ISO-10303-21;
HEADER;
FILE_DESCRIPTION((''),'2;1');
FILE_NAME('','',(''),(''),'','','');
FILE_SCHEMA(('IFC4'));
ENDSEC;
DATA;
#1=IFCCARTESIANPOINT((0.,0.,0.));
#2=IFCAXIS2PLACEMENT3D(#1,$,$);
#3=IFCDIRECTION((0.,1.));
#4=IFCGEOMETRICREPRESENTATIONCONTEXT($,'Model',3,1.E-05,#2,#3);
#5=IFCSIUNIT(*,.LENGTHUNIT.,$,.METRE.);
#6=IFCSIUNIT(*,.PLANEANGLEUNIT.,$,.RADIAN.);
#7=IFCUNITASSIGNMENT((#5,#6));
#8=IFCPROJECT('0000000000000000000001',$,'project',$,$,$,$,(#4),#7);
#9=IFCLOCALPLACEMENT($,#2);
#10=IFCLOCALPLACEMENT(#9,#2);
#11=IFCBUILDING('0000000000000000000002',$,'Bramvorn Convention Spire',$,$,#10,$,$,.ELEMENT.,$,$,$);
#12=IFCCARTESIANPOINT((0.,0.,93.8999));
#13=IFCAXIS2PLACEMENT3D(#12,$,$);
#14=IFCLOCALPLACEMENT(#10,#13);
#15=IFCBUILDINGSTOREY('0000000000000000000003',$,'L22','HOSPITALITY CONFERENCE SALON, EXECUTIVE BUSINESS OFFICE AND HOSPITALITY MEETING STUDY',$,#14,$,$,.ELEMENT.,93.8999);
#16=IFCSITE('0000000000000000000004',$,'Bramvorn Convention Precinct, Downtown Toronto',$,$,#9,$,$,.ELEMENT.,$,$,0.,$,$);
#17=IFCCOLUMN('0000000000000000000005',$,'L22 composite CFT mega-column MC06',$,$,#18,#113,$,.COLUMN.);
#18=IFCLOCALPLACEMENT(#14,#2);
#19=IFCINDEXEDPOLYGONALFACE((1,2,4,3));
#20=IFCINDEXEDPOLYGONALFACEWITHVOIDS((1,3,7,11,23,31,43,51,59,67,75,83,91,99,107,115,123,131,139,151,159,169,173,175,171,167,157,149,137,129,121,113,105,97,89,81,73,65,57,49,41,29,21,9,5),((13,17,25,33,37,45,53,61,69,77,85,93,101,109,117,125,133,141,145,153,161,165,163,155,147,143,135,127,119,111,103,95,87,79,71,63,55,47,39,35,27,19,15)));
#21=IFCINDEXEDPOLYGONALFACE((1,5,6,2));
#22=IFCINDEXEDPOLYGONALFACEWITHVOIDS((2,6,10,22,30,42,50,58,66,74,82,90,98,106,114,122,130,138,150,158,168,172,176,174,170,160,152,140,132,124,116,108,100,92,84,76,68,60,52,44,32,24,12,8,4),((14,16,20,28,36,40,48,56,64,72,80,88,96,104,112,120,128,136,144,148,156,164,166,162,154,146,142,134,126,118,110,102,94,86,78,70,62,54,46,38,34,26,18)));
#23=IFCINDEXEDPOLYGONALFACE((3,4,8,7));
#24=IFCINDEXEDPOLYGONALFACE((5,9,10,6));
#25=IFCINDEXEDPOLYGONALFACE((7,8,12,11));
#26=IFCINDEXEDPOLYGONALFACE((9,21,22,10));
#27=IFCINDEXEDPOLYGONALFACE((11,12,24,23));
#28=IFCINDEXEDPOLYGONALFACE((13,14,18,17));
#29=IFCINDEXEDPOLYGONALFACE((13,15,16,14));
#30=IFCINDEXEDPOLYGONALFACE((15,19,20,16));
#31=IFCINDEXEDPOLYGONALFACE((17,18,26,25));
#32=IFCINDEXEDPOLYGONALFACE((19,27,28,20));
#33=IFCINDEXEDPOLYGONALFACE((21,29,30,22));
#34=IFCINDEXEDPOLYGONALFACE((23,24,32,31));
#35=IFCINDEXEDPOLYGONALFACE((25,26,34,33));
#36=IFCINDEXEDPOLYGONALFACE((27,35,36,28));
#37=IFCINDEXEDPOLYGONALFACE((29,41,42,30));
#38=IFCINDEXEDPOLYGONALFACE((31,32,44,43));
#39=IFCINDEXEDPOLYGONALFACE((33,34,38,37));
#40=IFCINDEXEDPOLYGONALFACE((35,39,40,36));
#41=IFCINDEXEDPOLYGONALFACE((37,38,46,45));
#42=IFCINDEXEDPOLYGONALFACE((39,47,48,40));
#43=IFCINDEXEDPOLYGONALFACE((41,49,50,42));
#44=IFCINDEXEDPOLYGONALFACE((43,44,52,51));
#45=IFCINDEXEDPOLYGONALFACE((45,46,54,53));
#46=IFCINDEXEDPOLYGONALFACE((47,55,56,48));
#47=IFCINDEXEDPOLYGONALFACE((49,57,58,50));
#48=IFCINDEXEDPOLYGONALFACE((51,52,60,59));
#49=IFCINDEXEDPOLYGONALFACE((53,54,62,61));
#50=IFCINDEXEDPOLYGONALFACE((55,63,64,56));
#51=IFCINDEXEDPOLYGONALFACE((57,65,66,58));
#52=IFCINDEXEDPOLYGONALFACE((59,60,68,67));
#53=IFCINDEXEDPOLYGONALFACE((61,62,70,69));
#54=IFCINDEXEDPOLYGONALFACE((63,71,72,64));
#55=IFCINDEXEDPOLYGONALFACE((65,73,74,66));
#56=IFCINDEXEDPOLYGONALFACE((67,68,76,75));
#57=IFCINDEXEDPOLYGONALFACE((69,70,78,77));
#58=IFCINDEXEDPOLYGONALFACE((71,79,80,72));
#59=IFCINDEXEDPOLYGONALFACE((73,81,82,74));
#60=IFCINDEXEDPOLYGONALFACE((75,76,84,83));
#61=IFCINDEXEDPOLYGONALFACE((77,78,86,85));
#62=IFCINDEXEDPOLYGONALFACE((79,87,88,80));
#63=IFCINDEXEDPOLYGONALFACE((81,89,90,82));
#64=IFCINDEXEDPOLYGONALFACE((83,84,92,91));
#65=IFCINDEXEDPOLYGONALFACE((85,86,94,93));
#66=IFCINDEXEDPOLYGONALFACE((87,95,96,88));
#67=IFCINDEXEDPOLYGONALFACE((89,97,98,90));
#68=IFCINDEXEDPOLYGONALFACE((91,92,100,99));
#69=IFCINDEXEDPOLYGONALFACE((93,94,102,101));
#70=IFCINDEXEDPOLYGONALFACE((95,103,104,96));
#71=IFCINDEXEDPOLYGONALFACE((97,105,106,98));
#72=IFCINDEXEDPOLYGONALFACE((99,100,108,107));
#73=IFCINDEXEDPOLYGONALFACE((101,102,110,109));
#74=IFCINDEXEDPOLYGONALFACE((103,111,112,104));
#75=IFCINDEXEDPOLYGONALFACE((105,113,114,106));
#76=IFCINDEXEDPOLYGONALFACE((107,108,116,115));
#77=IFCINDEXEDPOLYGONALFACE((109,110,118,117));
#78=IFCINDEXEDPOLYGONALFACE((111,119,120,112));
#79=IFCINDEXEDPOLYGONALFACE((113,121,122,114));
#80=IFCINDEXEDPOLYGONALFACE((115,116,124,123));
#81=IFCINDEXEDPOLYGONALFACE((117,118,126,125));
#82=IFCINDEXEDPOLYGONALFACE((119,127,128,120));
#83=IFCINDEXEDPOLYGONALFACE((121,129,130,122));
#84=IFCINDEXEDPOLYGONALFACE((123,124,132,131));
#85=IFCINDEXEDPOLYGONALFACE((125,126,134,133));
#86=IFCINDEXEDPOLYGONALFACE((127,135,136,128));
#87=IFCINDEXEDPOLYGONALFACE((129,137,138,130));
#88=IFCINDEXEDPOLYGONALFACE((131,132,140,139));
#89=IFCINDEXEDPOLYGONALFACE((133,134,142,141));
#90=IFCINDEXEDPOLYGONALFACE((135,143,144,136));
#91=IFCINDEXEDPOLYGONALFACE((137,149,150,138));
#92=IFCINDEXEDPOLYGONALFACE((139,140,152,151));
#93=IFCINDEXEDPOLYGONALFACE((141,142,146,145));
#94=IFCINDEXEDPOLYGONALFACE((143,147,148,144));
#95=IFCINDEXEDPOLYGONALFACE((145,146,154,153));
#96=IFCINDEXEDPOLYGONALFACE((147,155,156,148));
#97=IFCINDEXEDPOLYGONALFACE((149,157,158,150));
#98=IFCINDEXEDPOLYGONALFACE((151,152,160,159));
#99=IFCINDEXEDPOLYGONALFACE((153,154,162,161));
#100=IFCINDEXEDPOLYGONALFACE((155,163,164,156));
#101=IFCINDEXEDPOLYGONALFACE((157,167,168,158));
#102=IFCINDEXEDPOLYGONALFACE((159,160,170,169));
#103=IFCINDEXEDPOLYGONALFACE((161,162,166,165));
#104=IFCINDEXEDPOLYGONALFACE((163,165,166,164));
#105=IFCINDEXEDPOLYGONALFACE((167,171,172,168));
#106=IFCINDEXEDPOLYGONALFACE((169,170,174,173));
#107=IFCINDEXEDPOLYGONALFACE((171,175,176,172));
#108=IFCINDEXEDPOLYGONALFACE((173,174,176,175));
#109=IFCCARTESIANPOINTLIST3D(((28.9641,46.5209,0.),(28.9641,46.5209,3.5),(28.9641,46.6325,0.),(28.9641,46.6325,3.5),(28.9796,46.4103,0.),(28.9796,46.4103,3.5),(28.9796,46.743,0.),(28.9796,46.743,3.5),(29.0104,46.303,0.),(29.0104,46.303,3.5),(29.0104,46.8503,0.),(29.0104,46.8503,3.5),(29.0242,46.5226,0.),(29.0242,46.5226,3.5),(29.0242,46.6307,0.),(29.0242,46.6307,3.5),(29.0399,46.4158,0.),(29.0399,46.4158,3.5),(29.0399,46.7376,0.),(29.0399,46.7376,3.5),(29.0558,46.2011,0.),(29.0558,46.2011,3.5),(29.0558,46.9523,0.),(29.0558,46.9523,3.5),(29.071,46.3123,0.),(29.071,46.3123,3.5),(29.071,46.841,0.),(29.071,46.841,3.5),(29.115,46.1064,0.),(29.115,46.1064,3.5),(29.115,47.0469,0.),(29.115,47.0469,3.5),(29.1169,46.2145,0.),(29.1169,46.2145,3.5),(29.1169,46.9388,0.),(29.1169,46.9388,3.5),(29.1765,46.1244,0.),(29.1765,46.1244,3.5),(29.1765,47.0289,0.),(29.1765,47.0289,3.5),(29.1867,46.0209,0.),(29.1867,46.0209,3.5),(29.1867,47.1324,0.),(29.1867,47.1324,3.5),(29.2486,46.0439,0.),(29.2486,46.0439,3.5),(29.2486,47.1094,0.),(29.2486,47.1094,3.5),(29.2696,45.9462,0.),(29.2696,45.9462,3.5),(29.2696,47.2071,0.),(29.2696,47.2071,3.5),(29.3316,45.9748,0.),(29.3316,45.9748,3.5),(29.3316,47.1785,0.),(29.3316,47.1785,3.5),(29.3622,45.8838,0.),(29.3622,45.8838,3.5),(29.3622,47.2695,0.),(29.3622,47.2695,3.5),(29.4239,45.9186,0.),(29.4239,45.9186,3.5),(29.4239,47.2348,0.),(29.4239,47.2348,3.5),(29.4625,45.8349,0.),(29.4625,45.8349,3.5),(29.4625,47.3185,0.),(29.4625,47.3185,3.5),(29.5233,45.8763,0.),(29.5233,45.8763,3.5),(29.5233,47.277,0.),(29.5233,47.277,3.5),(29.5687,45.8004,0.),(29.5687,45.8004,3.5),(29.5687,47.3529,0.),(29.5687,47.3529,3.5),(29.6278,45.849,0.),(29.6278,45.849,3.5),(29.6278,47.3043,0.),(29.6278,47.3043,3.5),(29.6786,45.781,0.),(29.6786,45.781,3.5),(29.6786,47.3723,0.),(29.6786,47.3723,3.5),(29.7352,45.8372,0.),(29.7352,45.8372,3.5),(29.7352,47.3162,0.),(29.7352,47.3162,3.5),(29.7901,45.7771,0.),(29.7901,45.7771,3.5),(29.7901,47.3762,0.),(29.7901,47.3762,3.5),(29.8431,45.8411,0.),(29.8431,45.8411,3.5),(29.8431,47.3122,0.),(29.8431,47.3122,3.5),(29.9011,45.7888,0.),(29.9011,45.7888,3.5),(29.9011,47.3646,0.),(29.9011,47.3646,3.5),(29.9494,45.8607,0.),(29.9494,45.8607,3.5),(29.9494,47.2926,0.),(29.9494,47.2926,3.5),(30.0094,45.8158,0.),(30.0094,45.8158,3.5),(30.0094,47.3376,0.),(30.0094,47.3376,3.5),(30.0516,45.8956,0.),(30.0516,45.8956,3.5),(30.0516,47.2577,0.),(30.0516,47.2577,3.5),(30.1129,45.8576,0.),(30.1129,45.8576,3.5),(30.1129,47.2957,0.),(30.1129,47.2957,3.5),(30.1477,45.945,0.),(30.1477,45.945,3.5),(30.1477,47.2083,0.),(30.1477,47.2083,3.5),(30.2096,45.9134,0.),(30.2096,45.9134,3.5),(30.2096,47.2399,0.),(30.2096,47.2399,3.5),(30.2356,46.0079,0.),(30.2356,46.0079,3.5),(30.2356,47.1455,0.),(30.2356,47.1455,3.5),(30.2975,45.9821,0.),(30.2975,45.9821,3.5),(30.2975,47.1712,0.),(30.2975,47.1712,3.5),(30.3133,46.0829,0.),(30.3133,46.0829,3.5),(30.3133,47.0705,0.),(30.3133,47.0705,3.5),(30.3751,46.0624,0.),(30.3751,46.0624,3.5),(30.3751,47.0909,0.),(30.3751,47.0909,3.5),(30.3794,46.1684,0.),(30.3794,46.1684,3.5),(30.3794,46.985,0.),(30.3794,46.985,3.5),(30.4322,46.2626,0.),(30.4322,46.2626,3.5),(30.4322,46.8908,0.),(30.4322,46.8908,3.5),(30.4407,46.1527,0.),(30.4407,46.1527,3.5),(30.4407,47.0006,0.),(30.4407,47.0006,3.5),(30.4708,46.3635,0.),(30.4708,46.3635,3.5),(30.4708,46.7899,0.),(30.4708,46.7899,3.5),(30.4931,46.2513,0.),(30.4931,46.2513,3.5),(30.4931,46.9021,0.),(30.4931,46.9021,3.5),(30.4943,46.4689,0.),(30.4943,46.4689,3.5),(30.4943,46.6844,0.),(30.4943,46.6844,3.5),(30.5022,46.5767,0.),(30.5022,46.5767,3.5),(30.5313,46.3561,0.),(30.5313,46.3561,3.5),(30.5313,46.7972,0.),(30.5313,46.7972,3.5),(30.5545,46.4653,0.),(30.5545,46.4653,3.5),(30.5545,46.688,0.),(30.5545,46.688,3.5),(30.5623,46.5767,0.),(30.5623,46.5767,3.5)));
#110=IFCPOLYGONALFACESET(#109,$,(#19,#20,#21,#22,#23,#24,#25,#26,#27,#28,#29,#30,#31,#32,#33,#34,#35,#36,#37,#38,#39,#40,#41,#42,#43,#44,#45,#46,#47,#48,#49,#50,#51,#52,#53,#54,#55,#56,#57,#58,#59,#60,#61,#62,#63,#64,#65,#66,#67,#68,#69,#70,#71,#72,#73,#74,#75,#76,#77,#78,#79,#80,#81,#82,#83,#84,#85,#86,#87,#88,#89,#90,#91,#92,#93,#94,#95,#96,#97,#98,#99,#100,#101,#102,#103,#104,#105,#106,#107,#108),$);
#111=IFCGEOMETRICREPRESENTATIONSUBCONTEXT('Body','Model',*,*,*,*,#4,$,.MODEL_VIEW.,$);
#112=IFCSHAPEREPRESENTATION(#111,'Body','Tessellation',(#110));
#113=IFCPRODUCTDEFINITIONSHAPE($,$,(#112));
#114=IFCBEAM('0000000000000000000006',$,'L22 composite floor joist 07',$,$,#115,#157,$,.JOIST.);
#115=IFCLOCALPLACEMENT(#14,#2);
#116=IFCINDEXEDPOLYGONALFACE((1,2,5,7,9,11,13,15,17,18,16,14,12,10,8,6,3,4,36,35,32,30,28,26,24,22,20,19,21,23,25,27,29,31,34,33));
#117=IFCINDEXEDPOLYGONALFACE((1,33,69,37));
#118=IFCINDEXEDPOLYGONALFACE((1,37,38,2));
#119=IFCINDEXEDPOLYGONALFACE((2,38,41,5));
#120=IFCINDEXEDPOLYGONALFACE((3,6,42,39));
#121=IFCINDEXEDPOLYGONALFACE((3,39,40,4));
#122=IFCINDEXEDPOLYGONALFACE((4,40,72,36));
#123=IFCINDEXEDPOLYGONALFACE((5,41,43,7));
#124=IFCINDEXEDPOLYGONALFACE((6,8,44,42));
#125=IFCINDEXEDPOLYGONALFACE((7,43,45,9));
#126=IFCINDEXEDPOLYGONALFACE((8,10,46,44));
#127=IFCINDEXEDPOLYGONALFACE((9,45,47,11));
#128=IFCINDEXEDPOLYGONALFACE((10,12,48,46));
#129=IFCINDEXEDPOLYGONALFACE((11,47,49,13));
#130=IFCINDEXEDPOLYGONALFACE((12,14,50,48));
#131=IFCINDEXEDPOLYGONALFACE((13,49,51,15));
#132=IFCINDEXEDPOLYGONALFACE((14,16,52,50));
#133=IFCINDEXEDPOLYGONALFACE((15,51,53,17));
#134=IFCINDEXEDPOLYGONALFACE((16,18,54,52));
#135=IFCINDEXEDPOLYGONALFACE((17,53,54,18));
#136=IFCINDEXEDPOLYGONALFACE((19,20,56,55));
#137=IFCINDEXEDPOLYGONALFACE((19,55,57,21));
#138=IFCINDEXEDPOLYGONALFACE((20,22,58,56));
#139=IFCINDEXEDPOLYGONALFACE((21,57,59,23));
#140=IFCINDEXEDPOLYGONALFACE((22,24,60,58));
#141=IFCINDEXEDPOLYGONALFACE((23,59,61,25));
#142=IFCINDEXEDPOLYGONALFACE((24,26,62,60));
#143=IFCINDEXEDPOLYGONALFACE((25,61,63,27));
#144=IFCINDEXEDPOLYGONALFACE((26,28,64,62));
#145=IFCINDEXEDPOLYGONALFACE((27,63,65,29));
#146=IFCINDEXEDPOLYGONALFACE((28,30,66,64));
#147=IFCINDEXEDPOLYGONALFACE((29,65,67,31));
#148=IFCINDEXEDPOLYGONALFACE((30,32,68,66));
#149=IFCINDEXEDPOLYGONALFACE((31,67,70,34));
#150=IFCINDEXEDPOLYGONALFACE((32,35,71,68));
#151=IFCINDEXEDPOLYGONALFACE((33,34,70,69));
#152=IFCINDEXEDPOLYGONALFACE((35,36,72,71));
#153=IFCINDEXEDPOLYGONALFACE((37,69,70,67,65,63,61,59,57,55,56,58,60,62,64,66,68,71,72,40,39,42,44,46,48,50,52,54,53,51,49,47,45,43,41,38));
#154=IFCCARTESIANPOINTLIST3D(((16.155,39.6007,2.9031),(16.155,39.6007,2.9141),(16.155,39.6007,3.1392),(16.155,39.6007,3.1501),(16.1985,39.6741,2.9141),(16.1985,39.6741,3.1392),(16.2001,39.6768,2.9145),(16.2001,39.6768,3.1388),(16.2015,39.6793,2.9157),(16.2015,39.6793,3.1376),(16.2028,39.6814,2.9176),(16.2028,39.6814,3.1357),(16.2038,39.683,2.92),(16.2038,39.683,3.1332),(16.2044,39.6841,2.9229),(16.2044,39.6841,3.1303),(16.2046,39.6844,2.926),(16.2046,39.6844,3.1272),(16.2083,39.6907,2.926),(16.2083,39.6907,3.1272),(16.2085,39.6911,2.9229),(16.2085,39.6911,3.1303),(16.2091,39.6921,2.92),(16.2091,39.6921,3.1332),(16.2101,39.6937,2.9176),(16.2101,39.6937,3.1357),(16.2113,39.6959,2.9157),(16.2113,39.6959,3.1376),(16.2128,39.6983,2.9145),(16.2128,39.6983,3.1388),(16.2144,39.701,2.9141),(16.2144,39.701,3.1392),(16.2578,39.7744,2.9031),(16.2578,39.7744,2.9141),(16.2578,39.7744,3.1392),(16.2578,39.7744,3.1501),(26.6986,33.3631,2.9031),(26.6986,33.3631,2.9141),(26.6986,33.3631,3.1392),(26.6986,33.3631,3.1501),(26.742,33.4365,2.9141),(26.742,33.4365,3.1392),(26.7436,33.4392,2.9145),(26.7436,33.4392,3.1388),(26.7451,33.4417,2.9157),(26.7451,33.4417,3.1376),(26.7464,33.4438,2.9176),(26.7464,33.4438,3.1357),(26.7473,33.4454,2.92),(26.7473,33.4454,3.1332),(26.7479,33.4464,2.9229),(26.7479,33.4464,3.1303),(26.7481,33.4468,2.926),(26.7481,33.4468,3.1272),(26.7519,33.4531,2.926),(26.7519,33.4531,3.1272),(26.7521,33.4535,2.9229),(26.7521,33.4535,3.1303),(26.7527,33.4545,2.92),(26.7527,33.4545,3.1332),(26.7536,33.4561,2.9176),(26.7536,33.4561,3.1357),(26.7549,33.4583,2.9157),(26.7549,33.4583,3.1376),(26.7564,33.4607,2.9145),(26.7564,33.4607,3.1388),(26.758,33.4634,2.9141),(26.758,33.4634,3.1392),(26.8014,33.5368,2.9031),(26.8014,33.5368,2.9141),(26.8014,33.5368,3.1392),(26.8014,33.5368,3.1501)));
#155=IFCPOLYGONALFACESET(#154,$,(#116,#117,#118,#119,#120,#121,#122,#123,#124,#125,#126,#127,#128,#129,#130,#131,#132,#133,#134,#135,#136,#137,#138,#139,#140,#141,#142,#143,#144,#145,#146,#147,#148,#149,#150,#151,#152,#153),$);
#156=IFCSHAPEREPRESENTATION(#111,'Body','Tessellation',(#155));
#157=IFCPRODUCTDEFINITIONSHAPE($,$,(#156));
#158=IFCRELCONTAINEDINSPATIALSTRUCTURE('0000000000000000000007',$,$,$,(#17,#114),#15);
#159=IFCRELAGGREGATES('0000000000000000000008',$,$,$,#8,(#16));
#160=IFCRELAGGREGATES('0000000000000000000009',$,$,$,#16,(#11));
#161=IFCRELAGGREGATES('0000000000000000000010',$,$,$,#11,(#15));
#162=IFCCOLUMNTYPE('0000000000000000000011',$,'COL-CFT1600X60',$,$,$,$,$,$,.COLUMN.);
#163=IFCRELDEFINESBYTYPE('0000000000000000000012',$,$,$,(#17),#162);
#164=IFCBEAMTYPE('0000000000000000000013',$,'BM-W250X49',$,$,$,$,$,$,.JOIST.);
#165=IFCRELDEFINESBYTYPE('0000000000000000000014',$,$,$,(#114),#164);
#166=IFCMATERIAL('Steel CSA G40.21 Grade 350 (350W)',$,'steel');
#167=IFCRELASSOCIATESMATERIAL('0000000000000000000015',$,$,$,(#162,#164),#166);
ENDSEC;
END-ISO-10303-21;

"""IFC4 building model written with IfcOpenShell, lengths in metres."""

from ifc_helpers import new_model, si_unit, direction, frame, origin, origin_2d, place, context, subcontext, project, spatial, hollow_circle, i_section, extrude, material, material_profile, profile_set, type_object, element, save


model = new_model("IFC4")

# Units and contexts
model_context = context("Model", 3, precision=1e-05, world=origin(), true_north=direction((0.0, 1.0)))
body_context = subcontext(model_context, "Body", "Model", "MODEL_VIEW")
ifc_project = project(units=[si_unit("LENGTHUNIT", "METRE"), si_unit("PLANEANGLEUNIT", "RADIAN")], contexts=[model_context])

# Site, building, storey
site_placement = place(None, origin())
site = spatial("IfcSite", under=ifc_project, at=site_placement, Name="Bramvorn Convention Precinct, Downtown Toronto", CompositionType="ELEMENT", RefElevation=0.0)
building_placement = place(site_placement, origin())
building = spatial("IfcBuilding", under=site, at=building_placement, Name="Bramvorn Convention Spire", CompositionType="ELEMENT")
storey_placement = place(building_placement, frame((0.0, 0.0, 93.8999)))
storey = spatial("IfcBuildingStorey", under=building, at=storey_placement, Name="L22", Description="HOSPITALITY CONFERENCE SALON, EXECUTIVE BUSINESS OFFICE AND HOSPITALITY MEETING STUDY", CompositionType="ELEMENT", Elevation=93.8999)

# Column
ifc_material_1 = material(Name="Steel CSA G40.21 Grade 350 (350W)", Category="steel")
ifc_material_profile_1 = material_profile(ifc_material_1, hollow_circle(Radius=0.8, WallThickness=0.0601, at=origin_2d()))
ifc_profile_set_1 = profile_set([ifc_material_profile_1], Name="Steel CSA G40.21 Grade 350 (350W) - CFT1600X60")
column_type = type_object("IfcColumnType", Name="COL-CFT1600X60", PredefinedType="COLUMN", material=ifc_profile_set_1)
column_placement = place(storey_placement, frame((29.7622, 46.5767, 0.0), z_axis=(0.0, 0.0, 1.0), x_axis=(1.0, 0.0, 0.0)))
element("IfcColumn", 1, at=column_placement, inside=storey, type_object=column_type, Name="L22 composite CFT mega-column MC06", PredefinedType="COLUMN", context=body_context, shape_type="SweptSolid", body=[
    extrude(hollow_circle(Radius=0.8, WallThickness=0.0601, at=origin_2d()), origin(), (0.0, 0.0, 1.0), 3.5),
])

# Beam
ifc_material_profile_2 = material_profile(ifc_material_1, i_section(OverallWidth=0.2019, OverallDepth=0.2471, WebThickness=0.0073, FlangeThickness=0.011, FilletRadius=0.012, at=origin_2d()))
ifc_profile_set_2 = profile_set([ifc_material_profile_2], Name="Steel CSA G40.21 Grade 350 (350W) - W250X49")
beam_type_1 = type_object("IfcBeamType", Name="BM-W250X49", PredefinedType="JOIST", material=ifc_profile_set_2)
beam_1_placement = place(storey_placement, frame((26.75, 33.45, 3.0266), z_axis=(-0.860665, 0.509172, 0.0), x_axis=(-0.509172, -0.860665, 0.0)))
element("IfcBeam", 2, at=beam_1_placement, inside=storey, type_object=beam_type_1, Name="L22 composite floor joist 07", PredefinedType="JOIST", context=body_context, shape_type="SweptSolid", body=[
    extrude(i_section(OverallWidth=0.2019, OverallDepth=0.2471, WebThickness=0.0073, FlangeThickness=0.011, FilletRadius=0.012, at=origin_2d()), origin(), (0.0, 0.0, 1.0), 12.2505),
])

save(model, "model.ifc")
